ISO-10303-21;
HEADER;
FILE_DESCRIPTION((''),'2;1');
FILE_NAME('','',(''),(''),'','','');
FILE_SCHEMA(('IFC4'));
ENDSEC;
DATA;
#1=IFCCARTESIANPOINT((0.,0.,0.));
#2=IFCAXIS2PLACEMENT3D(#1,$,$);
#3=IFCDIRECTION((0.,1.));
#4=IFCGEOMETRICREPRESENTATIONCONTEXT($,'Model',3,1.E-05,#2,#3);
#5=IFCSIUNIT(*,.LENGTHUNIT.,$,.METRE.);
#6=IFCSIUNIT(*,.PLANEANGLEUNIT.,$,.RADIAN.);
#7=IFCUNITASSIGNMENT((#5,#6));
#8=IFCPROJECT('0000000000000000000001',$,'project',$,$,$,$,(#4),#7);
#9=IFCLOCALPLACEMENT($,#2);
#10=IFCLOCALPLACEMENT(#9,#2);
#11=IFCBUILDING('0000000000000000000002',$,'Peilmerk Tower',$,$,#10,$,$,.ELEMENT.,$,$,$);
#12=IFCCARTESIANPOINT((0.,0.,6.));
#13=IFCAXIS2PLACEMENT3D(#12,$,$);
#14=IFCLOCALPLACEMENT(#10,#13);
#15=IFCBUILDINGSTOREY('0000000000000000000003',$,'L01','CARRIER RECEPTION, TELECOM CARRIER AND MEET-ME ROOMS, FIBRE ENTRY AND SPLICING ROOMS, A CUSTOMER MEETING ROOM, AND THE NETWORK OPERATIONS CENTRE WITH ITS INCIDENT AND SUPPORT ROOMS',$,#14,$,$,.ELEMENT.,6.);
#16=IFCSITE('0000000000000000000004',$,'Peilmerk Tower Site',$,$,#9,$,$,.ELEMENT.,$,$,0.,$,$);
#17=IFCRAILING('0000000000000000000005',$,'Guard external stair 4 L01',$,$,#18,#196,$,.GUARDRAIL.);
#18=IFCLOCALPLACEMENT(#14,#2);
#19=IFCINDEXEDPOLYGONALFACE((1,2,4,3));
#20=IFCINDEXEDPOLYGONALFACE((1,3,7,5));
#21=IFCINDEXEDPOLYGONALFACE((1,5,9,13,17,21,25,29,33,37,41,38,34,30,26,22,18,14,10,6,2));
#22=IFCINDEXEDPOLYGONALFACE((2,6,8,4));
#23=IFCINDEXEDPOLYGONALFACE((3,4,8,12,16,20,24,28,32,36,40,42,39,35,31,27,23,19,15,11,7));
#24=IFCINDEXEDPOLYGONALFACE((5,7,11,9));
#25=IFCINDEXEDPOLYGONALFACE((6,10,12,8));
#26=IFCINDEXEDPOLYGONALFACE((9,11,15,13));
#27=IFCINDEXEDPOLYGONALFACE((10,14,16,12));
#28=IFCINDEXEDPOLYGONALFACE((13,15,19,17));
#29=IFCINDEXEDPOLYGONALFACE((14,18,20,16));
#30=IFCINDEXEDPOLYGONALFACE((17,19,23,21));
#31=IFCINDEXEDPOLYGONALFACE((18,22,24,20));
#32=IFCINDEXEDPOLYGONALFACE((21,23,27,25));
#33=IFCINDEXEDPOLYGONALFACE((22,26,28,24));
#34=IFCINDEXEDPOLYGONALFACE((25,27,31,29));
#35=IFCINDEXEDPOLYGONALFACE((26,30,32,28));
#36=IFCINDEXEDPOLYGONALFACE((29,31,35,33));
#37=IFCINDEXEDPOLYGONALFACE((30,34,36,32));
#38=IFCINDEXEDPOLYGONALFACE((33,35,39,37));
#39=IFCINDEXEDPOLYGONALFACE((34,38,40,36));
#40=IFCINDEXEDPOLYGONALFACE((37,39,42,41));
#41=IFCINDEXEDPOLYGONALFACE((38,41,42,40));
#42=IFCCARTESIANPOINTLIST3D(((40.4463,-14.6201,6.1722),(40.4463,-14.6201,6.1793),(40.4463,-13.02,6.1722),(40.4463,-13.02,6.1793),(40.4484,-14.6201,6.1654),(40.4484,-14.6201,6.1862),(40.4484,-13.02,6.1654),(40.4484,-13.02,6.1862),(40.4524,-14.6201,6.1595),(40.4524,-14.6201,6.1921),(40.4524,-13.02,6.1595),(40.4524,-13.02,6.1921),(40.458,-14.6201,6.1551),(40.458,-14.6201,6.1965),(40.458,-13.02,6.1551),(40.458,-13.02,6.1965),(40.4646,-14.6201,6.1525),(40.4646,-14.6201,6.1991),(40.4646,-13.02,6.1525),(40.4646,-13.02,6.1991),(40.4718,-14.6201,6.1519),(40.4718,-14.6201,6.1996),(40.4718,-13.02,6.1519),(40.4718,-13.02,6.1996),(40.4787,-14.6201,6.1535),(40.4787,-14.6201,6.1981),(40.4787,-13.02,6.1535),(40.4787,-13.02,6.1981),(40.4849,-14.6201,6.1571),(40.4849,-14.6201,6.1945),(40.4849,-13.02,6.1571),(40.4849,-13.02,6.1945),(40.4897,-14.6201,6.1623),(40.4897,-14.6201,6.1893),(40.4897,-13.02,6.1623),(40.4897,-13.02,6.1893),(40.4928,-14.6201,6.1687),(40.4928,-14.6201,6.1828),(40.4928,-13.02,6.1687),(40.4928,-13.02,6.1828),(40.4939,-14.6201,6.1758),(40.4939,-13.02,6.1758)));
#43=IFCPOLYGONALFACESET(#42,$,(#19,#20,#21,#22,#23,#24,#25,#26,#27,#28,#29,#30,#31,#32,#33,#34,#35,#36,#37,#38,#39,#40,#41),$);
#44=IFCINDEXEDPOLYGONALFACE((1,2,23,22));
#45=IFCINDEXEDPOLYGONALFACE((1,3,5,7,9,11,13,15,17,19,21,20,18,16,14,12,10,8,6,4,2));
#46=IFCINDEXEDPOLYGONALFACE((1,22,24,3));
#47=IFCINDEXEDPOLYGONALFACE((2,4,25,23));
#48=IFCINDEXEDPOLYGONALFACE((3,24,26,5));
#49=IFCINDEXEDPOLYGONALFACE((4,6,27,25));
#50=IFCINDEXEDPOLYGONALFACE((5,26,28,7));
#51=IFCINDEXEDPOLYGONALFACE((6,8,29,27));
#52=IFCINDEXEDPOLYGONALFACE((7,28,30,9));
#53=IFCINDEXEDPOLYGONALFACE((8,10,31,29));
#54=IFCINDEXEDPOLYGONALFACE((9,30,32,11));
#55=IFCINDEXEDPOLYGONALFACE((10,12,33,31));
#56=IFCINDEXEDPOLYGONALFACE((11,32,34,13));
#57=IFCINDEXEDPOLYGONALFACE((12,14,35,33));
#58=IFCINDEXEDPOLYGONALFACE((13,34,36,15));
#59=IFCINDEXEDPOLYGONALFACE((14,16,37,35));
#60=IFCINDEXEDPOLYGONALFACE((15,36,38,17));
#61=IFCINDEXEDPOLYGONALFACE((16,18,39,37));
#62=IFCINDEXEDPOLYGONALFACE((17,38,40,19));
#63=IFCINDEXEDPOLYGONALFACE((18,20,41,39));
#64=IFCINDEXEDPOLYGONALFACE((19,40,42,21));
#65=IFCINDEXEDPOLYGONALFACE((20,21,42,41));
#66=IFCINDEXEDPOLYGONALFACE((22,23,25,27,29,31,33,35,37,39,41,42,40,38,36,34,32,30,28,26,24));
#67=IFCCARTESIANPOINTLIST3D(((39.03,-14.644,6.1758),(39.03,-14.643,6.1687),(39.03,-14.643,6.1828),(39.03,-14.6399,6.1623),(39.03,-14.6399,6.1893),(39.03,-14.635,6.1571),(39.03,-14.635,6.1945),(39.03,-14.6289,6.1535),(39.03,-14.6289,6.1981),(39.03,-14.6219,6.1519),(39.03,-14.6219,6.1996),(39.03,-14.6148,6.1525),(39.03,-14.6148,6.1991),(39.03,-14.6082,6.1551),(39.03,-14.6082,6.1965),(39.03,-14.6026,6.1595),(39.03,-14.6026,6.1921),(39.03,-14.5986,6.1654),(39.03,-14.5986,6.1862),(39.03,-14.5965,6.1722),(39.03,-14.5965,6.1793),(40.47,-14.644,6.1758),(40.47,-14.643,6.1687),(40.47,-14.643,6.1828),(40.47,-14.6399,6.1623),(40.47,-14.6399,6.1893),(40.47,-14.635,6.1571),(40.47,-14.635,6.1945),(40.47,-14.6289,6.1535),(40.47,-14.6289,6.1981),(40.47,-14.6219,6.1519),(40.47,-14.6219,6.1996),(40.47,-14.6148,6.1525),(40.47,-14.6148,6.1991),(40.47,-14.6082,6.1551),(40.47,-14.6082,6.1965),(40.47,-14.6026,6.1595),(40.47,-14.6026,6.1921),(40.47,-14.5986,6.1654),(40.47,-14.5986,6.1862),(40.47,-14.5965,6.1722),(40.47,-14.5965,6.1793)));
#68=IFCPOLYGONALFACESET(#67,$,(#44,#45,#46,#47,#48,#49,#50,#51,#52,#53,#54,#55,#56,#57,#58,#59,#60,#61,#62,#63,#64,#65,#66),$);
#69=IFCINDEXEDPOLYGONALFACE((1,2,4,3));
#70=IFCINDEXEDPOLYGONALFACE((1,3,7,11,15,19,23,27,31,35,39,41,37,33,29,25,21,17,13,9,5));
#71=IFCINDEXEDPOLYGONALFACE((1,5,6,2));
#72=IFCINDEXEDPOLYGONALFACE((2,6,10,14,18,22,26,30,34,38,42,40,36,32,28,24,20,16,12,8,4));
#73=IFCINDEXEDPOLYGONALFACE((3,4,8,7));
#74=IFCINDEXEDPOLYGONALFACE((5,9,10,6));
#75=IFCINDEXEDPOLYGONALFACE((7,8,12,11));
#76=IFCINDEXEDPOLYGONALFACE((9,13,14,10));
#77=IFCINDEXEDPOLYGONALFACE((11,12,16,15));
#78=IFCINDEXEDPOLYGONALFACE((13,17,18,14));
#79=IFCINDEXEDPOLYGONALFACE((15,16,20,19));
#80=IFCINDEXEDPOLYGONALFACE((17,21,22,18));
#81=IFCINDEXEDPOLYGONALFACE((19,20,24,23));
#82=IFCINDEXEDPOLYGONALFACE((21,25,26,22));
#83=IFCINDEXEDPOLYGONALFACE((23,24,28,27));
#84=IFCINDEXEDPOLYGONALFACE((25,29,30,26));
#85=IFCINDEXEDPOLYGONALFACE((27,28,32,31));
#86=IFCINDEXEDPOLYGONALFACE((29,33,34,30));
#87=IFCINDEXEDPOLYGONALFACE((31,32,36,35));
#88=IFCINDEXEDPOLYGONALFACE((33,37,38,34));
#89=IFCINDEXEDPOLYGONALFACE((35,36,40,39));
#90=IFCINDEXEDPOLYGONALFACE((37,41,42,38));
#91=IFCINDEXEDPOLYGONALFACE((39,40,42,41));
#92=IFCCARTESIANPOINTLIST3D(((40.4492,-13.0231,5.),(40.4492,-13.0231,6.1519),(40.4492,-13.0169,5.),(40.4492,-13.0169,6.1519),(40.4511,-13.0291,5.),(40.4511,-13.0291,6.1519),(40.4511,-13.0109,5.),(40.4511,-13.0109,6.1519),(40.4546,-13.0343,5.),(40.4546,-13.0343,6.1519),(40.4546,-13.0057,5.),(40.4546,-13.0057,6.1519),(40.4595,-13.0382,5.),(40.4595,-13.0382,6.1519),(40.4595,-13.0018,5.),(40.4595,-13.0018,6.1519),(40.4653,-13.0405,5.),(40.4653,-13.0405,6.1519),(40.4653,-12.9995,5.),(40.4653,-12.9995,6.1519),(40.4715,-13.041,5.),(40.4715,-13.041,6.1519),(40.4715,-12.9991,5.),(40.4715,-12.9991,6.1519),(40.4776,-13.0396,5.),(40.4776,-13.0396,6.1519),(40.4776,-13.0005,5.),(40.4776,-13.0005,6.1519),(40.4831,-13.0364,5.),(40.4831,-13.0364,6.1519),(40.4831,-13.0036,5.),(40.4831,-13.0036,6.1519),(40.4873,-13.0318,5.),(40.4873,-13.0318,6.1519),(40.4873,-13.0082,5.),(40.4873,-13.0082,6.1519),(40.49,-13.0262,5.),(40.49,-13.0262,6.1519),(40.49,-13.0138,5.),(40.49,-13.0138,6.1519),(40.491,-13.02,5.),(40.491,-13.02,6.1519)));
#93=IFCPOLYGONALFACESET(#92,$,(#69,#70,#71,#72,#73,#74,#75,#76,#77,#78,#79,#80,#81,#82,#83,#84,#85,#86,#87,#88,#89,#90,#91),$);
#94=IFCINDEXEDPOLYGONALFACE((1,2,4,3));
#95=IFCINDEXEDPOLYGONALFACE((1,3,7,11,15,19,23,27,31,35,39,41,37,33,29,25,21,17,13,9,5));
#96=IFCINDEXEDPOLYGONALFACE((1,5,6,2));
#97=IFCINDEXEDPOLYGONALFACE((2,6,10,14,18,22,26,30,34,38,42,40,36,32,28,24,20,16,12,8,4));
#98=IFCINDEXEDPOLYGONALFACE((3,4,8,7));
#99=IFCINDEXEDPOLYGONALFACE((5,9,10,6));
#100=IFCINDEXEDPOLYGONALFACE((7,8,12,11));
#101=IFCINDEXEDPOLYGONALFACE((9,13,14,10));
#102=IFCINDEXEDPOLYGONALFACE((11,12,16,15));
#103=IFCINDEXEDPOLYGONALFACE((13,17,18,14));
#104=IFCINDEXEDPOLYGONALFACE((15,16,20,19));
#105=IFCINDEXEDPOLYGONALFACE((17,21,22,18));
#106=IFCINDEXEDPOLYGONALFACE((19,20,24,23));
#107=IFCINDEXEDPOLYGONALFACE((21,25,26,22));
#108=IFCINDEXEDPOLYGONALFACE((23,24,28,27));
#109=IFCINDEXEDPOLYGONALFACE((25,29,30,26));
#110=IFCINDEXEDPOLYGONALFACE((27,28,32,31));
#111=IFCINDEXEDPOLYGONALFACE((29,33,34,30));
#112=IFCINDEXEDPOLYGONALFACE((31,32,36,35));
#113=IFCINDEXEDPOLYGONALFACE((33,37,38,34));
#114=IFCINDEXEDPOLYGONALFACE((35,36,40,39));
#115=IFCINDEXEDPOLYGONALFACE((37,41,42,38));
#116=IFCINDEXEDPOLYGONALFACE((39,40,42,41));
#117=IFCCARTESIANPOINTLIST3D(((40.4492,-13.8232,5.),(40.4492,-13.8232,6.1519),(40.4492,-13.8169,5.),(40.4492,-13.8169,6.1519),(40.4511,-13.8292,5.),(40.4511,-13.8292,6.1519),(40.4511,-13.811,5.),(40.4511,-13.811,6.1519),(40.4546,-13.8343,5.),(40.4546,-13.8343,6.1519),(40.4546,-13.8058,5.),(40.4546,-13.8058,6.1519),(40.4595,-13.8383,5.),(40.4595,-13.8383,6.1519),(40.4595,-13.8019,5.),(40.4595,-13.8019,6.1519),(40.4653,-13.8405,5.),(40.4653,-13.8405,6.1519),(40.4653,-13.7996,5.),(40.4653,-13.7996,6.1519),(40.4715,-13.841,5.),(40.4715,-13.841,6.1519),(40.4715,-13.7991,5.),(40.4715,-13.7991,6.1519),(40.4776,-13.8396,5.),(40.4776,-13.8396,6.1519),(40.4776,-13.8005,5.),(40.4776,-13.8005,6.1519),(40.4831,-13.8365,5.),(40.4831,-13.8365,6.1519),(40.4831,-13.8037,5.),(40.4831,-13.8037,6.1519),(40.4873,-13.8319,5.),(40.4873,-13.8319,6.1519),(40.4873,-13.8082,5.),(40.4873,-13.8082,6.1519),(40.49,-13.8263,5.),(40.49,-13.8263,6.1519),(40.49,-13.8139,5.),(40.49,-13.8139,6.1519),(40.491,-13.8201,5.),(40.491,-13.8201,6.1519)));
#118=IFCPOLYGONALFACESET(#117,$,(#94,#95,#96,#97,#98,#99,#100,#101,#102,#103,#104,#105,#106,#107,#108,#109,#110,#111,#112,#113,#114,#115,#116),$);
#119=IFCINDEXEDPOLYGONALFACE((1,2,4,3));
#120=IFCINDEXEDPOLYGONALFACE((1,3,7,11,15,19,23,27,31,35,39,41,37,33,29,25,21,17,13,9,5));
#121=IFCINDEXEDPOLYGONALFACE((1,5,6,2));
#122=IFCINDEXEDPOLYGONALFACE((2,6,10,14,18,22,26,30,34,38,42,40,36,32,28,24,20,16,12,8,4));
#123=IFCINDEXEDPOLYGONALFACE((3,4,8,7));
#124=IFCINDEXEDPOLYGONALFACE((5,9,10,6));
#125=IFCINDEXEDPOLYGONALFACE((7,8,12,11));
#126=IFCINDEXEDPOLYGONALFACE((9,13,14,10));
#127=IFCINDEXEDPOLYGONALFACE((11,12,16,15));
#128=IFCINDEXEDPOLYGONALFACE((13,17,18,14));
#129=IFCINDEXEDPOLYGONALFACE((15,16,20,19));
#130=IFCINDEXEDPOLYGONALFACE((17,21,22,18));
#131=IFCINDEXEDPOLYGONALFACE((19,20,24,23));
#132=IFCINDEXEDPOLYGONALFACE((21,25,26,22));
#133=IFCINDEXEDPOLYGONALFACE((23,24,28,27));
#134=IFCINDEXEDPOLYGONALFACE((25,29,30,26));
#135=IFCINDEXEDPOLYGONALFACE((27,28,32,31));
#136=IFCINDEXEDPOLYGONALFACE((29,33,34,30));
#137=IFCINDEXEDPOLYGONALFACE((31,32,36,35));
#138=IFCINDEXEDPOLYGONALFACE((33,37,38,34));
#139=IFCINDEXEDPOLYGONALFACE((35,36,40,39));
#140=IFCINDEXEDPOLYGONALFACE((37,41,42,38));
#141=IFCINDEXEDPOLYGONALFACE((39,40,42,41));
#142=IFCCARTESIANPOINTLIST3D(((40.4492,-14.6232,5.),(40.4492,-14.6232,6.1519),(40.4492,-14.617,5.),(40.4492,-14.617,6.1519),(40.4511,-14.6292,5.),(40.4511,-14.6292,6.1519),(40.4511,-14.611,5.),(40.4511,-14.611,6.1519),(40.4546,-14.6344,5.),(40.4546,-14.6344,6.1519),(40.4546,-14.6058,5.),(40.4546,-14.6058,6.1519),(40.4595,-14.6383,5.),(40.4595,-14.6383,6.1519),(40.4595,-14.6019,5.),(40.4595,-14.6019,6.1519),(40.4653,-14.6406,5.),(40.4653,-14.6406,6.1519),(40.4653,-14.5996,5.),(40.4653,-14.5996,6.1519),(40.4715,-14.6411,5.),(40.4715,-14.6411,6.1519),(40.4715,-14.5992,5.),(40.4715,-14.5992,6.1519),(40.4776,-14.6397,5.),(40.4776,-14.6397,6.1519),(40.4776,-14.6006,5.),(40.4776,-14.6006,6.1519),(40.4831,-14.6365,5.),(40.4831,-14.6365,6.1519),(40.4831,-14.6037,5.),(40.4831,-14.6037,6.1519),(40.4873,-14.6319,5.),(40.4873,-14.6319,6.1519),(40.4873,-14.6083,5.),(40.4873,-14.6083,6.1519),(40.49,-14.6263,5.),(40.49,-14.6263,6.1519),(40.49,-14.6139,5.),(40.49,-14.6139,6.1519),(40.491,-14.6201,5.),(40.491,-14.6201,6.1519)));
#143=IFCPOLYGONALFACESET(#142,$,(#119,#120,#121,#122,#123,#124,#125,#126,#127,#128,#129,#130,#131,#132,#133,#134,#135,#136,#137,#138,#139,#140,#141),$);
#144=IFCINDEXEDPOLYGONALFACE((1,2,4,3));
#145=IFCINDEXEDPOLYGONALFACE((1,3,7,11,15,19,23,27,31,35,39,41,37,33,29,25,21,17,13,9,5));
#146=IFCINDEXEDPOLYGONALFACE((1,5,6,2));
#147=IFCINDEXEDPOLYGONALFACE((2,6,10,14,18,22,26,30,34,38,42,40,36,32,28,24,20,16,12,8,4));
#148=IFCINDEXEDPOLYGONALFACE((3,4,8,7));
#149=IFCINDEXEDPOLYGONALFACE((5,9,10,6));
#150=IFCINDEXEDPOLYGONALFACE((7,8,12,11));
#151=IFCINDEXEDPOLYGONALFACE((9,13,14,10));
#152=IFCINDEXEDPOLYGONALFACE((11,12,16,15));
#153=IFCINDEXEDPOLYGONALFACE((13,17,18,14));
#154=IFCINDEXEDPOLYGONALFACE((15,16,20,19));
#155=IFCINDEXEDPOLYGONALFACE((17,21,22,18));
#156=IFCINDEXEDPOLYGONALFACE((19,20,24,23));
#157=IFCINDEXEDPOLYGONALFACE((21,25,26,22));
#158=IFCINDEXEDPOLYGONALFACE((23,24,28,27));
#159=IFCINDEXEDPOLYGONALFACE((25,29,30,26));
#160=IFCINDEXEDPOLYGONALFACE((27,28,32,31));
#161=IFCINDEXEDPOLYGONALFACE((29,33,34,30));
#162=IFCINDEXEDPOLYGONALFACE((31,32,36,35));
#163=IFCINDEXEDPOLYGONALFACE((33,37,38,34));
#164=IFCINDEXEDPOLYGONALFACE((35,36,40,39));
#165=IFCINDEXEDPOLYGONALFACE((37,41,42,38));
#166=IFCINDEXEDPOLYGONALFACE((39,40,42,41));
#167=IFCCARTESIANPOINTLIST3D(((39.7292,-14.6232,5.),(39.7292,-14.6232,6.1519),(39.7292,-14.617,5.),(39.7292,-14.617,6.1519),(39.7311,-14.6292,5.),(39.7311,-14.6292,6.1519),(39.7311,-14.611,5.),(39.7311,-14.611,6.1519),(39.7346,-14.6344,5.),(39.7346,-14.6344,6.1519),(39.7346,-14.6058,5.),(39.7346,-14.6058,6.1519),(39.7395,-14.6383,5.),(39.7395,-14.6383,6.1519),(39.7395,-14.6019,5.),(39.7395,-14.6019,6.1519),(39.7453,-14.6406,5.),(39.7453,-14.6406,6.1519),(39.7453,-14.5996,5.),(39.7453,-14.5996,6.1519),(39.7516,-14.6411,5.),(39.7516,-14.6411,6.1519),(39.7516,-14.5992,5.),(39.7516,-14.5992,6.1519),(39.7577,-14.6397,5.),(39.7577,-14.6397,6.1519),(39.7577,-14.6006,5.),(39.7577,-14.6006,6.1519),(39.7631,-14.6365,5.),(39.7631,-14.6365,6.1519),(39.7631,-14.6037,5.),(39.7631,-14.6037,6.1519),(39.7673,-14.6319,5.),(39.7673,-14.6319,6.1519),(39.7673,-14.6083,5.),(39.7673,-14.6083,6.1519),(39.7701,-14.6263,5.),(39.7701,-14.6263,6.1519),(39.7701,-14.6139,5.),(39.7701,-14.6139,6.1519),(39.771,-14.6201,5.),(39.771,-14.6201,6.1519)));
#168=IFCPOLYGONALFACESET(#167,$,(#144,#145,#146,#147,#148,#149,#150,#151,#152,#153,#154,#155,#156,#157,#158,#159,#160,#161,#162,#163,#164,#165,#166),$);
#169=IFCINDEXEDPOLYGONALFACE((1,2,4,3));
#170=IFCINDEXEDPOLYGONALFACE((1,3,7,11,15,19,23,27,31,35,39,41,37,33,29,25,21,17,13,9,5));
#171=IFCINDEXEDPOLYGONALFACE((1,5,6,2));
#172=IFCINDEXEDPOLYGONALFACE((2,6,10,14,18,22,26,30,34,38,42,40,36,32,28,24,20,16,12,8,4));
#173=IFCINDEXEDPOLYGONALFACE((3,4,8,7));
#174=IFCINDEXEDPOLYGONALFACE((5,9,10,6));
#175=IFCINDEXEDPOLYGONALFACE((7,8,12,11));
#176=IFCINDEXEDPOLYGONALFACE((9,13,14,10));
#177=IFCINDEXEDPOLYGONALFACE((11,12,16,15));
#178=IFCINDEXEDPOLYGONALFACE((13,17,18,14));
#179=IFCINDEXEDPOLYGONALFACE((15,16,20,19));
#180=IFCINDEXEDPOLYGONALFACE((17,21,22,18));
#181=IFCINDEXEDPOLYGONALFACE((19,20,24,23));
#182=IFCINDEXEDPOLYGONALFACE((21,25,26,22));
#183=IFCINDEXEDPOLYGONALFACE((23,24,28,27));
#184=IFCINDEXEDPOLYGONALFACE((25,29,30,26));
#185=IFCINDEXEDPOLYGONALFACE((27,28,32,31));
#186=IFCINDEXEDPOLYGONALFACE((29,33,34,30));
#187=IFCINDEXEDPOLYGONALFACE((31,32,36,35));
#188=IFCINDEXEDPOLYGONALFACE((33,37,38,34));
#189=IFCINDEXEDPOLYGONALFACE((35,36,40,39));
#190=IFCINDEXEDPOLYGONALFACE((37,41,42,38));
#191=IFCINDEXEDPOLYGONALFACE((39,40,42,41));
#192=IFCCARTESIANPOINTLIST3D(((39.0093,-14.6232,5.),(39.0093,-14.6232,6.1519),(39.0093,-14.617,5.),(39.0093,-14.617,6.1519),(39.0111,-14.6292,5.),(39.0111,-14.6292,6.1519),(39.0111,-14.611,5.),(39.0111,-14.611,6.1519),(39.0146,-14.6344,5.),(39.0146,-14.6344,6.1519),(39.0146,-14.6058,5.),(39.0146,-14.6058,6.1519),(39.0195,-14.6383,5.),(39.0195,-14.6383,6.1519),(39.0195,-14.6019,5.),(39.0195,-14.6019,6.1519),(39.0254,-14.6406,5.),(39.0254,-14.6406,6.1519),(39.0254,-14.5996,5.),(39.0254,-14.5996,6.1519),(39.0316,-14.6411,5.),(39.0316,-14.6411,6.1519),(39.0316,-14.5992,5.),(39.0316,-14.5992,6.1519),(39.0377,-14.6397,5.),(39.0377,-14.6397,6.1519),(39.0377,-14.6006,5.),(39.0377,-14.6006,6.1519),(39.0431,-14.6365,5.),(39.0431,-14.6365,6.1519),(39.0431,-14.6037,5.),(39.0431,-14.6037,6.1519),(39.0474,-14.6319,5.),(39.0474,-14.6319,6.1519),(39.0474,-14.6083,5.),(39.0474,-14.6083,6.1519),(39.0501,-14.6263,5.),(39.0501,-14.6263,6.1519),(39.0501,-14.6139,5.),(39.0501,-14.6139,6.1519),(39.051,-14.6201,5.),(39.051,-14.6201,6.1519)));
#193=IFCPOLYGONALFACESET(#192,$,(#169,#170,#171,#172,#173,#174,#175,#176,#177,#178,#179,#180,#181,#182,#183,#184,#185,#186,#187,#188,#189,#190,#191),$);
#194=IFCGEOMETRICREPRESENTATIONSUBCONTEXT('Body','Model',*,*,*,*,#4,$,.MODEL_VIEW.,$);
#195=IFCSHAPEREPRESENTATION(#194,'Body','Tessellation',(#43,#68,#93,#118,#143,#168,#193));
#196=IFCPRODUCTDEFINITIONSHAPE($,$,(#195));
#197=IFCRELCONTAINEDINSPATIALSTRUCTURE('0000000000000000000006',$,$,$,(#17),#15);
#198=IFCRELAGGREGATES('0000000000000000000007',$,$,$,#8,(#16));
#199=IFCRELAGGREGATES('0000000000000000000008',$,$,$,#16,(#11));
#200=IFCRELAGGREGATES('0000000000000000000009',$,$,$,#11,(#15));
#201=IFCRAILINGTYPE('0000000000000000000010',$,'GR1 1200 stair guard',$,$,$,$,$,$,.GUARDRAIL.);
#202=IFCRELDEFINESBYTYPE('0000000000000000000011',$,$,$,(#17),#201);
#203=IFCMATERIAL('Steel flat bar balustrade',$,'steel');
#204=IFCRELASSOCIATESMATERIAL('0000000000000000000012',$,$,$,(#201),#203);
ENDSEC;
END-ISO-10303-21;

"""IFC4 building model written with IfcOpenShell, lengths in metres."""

from ifc_helpers import new_model, si_unit, direction, frame, origin, origin_2d, place, context, subcontext, project, spatial, circle, extrude, material, type_object, element, save


model = new_model("IFC4")

# Units and contexts
model_context = context("Model", 3, precision=1e-05, world=origin(), true_north=direction((0.0, 1.0)))
body_context = subcontext(model_context, "Body", "Model", "MODEL_VIEW")
ifc_project = project(units=[si_unit("LENGTHUNIT", "METRE"), si_unit("PLANEANGLEUNIT", "RADIAN")], contexts=[model_context])

# Site, building, storey
site_placement = place(None, origin())
site = spatial("IfcSite", under=ifc_project, at=site_placement, Name="Peilmerk Tower Site", CompositionType="ELEMENT", RefElevation=0.0)
building_placement = place(site_placement, origin())
building = spatial("IfcBuilding", under=site, at=building_placement, Name="Peilmerk Tower", CompositionType="ELEMENT")
storey_placement = place(building_placement, frame((0.0, 0.0, 6.0)))
storey = spatial("IfcBuildingStorey", under=building, at=storey_placement, Name="L01", Description="CARRIER RECEPTION, TELECOM CARRIER AND MEET-ME ROOMS, FIBRE ENTRY AND SPLICING ROOMS, A CUSTOMER MEETING ROOM, AND THE NETWORK OPERATIONS CENTRE WITH ITS INCIDENT AND SUPPORT ROOMS", CompositionType="ELEMENT", Elevation=6.0)

# Railing
ifc_material_1 = material(Name="Steel flat bar balustrade", Category="steel")
railing_type_1 = type_object("IfcRailingType", Name="GR1 1200 stair guard", PredefinedType="GUARDRAIL", material=ifc_material_1)
railing_1_placement = place(storey_placement, frame((40.47, -13.02, 5.0)))
element("IfcRailing", 1, at=railing_1_placement, inside=storey, type_object=railing_type_1, Name="Guard external stair 4 L01", PredefinedType="GUARDRAIL", context=body_context, shape_type="SweptSolid", body=[
    extrude(circle(Radius=0.0239, at=origin_2d()), frame((0.0, 0.0, 1.1758), z_axis=(0.0, -1.0, 0.0), x_axis=(1.0, 0.0, 0.0)), (0.0, 0.0, 1.0), 1.6001),
    extrude(circle(Radius=0.0239, at=origin_2d()), frame((0.0, -1.6001, 1.1758), z_axis=(-1.0, 0.0, 0.0), x_axis=(0.0, -1.0, 0.0)), (0.0, 0.0, 1.0), 1.4399),
    extrude(circle(Radius=0.021, at=origin_2d()), origin(), (0.0, 0.0, 1.0), 1.1519),
    extrude(circle(Radius=0.021, at=origin_2d()), frame((0.0, -0.8, 0.0)), (0.0, 0.0, 1.0), 1.1519),
    extrude(circle(Radius=0.021, at=origin_2d()), frame((0.0, -1.6001, 0.0)), (0.0, 0.0, 1.0), 1.1519),
    extrude(circle(Radius=0.021, at=origin_2d()), frame((-0.72, -1.6001, 0.0)), (0.0, 0.0, 1.0), 1.1519),
    extrude(circle(Radius=0.021, at=origin_2d()), frame((-1.4399, -1.6001, 0.0)), (0.0, 0.0, 1.0), 1.1519),
])

save(model, "model.ifc")
